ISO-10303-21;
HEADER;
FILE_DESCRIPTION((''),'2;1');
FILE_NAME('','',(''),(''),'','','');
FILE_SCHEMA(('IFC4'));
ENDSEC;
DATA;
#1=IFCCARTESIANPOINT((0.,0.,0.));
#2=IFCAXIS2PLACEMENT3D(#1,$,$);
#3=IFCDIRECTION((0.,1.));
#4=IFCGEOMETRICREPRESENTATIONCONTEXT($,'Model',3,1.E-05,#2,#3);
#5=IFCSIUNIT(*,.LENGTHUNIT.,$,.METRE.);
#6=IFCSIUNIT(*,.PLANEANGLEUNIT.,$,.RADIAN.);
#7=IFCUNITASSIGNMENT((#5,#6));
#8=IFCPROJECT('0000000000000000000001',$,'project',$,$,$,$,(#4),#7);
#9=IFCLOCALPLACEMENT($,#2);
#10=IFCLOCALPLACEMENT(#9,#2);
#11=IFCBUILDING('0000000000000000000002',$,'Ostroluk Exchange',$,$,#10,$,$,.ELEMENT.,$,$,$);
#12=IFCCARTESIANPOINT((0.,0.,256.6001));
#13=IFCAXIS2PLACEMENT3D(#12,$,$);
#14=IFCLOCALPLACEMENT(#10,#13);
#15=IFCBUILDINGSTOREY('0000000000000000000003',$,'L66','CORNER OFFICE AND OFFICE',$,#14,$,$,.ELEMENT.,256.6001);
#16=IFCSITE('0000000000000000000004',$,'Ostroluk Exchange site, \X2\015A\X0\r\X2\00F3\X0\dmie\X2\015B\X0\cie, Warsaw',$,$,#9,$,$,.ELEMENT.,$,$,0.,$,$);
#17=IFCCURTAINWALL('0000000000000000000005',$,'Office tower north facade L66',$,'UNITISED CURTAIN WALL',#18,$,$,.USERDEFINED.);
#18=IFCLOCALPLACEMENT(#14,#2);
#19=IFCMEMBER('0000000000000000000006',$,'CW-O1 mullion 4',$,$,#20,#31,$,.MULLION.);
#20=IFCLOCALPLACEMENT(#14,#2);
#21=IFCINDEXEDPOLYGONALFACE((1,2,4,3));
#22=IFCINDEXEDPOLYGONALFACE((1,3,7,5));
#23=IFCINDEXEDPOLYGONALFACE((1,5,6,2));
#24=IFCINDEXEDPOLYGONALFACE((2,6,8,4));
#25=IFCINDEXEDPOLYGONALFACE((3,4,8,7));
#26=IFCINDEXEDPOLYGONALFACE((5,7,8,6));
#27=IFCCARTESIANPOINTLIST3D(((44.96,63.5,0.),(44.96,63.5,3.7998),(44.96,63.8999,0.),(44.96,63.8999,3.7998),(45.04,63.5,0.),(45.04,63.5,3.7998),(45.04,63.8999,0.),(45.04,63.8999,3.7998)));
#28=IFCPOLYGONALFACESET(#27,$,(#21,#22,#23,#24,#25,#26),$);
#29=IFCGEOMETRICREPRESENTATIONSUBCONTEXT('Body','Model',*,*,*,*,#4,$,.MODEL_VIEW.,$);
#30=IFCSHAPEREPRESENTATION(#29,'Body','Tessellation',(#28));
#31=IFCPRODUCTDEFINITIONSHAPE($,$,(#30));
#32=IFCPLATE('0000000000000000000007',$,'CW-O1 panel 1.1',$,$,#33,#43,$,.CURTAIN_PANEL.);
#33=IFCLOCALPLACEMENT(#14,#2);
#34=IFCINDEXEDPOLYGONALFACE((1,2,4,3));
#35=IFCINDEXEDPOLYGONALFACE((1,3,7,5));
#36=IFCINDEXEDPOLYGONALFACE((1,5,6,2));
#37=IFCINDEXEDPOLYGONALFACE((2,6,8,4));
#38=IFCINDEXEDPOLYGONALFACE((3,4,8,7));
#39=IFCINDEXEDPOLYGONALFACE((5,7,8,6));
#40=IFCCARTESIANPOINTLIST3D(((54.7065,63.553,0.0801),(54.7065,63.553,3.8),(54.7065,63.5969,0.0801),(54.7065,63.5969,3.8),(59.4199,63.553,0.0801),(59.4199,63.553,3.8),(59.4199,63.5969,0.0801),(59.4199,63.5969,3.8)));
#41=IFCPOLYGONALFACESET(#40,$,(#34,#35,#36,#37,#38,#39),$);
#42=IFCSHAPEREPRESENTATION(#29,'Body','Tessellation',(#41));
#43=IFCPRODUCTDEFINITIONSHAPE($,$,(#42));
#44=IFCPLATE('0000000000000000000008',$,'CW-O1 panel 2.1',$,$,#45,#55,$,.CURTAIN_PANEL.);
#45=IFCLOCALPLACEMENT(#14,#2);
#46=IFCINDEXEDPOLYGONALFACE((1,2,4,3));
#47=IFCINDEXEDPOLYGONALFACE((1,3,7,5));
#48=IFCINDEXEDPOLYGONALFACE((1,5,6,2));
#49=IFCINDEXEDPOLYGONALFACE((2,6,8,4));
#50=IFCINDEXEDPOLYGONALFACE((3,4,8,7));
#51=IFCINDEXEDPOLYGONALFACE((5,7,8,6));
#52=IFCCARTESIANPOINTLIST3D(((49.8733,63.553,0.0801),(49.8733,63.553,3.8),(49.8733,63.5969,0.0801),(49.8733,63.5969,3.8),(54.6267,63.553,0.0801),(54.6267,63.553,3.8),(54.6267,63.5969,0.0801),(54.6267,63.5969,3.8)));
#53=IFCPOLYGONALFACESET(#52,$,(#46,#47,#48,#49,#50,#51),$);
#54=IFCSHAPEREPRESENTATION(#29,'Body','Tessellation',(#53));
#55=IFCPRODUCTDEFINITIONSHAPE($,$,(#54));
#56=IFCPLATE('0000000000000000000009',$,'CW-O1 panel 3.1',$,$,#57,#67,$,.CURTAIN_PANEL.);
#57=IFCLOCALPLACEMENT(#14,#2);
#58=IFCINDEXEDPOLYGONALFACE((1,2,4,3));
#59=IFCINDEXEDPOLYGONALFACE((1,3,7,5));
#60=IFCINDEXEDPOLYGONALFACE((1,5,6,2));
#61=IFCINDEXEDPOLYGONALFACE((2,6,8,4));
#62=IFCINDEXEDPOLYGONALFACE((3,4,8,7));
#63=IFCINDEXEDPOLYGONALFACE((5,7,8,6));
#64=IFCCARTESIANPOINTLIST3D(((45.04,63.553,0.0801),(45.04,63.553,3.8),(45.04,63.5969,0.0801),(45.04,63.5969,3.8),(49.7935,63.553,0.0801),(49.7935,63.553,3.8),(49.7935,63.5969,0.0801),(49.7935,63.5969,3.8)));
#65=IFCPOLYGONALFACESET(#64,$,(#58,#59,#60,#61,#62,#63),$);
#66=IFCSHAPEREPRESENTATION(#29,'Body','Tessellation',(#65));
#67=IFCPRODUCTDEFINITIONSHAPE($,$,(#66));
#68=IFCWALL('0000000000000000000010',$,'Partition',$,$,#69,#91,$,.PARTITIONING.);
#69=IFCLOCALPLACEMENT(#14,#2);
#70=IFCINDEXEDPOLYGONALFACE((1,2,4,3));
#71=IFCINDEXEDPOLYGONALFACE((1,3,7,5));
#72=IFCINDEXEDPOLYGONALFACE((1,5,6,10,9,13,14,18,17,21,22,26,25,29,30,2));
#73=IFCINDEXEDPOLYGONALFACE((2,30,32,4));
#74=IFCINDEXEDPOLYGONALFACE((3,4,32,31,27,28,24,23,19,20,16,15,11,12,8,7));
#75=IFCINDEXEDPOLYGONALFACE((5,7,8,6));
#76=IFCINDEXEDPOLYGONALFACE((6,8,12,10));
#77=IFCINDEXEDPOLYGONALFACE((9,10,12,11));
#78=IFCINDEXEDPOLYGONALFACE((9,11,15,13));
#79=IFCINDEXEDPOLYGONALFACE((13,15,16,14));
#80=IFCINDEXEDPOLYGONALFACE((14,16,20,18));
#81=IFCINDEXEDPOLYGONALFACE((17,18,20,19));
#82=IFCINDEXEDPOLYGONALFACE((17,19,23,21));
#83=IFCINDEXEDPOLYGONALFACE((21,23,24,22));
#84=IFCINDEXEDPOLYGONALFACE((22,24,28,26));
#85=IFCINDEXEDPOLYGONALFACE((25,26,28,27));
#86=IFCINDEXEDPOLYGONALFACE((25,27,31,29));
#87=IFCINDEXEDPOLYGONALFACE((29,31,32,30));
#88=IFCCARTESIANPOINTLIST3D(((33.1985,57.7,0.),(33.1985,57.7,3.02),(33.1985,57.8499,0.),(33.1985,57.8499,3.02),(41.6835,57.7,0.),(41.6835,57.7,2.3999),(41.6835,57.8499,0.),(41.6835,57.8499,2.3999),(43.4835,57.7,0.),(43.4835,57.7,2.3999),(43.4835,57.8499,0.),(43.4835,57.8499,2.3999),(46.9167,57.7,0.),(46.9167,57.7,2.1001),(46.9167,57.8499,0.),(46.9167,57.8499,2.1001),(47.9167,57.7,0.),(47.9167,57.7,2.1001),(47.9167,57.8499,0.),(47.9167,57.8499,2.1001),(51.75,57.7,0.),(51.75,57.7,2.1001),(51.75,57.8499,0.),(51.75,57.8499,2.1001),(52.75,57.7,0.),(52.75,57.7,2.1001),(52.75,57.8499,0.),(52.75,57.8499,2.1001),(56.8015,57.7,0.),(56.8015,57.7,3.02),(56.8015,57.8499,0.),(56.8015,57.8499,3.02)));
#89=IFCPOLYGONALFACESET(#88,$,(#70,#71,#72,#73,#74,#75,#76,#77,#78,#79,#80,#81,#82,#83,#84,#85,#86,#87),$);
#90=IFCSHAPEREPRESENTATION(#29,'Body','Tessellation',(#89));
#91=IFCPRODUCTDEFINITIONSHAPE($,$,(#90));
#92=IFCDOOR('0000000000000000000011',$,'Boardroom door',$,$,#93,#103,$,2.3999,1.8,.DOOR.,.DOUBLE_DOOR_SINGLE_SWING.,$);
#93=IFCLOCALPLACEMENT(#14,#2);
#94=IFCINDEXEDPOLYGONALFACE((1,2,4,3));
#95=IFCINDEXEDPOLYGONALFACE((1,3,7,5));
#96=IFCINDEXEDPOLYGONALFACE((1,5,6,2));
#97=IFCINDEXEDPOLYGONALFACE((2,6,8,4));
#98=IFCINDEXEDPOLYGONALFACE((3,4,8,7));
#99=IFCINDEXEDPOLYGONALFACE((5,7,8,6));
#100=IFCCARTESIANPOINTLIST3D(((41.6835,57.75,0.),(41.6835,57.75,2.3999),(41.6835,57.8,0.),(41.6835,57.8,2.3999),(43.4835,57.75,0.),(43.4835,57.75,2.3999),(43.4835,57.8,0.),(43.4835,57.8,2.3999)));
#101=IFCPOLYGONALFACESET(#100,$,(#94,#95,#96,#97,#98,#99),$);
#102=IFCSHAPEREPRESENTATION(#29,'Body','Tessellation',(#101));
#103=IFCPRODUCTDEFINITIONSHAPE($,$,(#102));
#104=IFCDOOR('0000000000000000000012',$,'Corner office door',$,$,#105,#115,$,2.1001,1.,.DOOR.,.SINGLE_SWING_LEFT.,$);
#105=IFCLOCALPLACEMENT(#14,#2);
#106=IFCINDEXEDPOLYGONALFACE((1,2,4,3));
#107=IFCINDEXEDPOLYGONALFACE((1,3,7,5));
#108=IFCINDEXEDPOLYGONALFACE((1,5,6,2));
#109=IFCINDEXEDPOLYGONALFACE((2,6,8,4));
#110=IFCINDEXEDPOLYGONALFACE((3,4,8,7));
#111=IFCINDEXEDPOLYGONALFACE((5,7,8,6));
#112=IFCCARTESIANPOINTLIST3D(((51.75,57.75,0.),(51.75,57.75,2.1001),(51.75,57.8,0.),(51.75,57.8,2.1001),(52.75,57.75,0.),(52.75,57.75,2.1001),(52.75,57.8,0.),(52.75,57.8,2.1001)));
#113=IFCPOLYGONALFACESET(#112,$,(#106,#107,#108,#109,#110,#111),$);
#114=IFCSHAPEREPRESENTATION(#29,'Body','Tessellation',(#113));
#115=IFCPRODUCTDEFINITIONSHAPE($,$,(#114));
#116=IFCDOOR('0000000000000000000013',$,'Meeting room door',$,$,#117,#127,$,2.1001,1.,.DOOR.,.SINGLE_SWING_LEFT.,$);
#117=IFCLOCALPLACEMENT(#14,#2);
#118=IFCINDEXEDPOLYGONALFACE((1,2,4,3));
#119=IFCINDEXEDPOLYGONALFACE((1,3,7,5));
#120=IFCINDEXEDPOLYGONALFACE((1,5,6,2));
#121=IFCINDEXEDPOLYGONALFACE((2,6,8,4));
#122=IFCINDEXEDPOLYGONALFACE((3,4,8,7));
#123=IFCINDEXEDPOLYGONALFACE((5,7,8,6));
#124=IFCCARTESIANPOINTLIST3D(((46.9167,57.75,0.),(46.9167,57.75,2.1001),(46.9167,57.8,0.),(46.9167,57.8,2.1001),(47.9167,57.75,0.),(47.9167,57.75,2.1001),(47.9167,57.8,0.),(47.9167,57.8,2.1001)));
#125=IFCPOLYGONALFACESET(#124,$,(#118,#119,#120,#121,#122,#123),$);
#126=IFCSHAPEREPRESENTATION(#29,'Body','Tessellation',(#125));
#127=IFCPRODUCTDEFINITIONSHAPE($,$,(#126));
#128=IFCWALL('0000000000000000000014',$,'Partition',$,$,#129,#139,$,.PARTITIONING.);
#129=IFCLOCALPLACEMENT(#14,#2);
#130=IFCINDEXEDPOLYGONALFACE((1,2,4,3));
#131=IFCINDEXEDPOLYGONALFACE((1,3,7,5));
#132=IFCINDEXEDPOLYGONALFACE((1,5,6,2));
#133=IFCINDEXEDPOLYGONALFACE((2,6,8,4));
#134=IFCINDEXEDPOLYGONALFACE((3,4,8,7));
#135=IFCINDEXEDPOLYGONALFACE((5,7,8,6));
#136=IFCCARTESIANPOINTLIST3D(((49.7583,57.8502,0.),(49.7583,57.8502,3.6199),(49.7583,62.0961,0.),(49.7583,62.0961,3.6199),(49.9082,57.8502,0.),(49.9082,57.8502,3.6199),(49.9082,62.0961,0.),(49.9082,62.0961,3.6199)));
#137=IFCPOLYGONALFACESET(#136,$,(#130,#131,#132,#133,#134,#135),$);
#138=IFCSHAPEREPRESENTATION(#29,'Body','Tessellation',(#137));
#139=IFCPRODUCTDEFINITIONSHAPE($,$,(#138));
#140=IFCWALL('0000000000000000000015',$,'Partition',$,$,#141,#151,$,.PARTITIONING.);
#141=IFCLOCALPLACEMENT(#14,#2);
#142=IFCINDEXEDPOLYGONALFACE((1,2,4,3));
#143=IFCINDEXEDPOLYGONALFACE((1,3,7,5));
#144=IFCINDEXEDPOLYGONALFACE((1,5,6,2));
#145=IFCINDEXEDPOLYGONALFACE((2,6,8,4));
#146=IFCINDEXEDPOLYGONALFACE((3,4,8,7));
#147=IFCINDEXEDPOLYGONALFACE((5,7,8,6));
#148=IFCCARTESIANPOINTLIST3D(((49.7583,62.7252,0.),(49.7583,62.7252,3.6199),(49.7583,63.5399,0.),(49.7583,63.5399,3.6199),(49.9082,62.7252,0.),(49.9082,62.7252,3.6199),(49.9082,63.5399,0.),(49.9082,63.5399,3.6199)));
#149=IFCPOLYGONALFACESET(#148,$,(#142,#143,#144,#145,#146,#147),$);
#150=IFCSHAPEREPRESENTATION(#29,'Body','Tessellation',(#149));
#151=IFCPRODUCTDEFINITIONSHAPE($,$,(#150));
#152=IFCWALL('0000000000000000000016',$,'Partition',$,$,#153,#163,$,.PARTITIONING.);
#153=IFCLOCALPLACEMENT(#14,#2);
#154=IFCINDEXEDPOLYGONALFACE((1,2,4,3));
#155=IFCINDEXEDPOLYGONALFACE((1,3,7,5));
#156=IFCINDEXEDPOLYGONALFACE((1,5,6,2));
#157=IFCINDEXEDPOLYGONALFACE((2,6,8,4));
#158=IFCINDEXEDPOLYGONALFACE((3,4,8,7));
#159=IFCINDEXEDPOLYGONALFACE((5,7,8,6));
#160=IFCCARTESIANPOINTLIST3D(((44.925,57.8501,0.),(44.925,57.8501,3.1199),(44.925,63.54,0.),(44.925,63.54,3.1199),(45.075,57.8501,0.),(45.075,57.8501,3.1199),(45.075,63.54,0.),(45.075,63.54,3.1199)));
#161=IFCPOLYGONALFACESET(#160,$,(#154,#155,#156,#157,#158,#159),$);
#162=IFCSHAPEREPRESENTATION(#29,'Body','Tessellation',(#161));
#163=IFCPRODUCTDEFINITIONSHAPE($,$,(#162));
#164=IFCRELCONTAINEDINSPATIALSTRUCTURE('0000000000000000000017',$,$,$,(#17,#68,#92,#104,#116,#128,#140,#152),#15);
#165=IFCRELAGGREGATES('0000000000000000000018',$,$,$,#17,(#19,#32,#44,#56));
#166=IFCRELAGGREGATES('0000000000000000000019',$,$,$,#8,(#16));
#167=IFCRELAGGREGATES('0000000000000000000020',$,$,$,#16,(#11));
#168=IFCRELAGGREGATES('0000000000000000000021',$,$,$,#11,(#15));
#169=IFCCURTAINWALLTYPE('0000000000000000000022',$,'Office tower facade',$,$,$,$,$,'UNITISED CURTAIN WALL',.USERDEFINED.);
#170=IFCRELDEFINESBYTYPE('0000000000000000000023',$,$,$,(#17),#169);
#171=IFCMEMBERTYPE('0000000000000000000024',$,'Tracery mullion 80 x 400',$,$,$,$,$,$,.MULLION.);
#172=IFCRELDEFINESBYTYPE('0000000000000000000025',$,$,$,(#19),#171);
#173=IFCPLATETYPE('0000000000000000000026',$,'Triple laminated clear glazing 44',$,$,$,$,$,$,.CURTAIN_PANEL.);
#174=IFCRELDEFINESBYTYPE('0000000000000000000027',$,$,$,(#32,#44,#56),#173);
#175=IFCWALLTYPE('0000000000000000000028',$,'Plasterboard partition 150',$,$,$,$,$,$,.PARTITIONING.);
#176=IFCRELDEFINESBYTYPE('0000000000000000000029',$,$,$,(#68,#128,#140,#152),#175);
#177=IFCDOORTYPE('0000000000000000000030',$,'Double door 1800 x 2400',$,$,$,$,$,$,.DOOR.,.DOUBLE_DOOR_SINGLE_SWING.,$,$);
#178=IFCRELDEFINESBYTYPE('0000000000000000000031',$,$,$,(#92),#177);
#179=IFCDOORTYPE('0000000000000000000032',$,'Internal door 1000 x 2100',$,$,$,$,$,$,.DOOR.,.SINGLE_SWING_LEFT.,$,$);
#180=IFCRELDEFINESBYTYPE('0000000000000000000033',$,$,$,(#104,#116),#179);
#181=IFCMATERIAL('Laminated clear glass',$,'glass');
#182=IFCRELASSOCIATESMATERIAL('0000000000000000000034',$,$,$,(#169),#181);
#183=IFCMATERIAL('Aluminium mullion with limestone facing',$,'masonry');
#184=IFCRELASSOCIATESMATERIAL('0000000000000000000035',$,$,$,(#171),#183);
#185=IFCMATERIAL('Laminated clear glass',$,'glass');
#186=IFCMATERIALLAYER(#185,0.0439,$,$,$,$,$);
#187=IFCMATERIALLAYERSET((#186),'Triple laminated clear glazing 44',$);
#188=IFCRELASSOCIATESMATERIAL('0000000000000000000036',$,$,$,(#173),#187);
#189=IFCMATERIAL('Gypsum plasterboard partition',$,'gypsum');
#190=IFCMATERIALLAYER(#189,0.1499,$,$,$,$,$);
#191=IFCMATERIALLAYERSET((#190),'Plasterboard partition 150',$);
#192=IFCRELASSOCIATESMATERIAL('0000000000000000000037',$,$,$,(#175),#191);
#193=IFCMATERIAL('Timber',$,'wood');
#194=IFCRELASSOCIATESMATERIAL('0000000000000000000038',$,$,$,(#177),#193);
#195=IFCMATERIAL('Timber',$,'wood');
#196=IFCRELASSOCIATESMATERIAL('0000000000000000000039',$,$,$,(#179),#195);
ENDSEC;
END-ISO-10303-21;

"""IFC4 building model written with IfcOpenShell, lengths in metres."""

from ifc_helpers import new_model, si_unit, direction, frame, frame_2d, origin, origin_2d, place, context, subcontext, project, spatial, rectangle, extrude, material, layer, layer_set, material_profile, profile_set, type_object, element, fill, aggregate, save


model = new_model("IFC4")

# Units and contexts
model_context = context("Model", 3, precision=1e-05, world=origin(), true_north=direction((0.0, 1.0)))
body_context = subcontext(model_context, "Body", "Model", "MODEL_VIEW")
ifc_project = project(units=[si_unit("LENGTHUNIT", "METRE"), si_unit("PLANEANGLEUNIT", "RADIAN")], contexts=[model_context])

# Site, building, storey
site_placement = place(None, origin())
site = spatial("IfcSite", under=ifc_project, at=site_placement, Name="Ostroluk Exchange site, Śródmieście, Warsaw", CompositionType="ELEMENT", RefElevation=0.0)
building_placement = place(site_placement, origin())
building = spatial("IfcBuilding", under=site, at=building_placement, Name="Ostroluk Exchange", CompositionType="ELEMENT")
storey_placement = place(building_placement, frame((0.0, 0.0, 256.6001)))
storey = spatial("IfcBuildingStorey", under=building, at=storey_placement, Name="L66", Description="CORNER OFFICE AND OFFICE", CompositionType="ELEMENT", Elevation=256.6001)

# Curtain wall, member, plates
ifc_material_1 = material(Name="Laminated clear glass", Category="glass")
curtain_wall_type = type_object("IfcCurtainWallType", Name="Office tower facade", ElementType="UNITISED CURTAIN WALL", PredefinedType="USERDEFINED", material=ifc_material_1)
curtain_wall_placement = place(storey_placement, origin())
curtain_wall = element("IfcCurtainWall", 1, at=curtain_wall_placement, inside=storey, type_object=curtain_wall_type, Name="Office tower north facade L66", ObjectType="UNITISED CURTAIN WALL", PredefinedType="USERDEFINED")
ifc_material_2 = material(Name="Aluminium mullion with limestone facing", Category="masonry")
ifc_material_profile_1 = material_profile(ifc_material_2, rectangle(XDim=0.3999, YDim=0.0801, at=origin_2d()), Name="Tracery mullion 80 x 400")
ifc_profile_set_1 = profile_set([ifc_material_profile_1], Name="Aluminium mullion with limestone facing")
member_type_1 = type_object("IfcMemberType", Name="Tracery mullion 80 x 400", PredefinedType="MULLION", material=ifc_profile_set_1)
member_1_placement = place(storey_placement, frame((45.0, 63.7, 0.0), z_axis=(0.0, 0.0, 1.0), x_axis=(0.0, -1.0, 0.0)))
member_1 = element("IfcMember", 2, at=member_1_placement, type_object=member_type_1, Name="CW-O1 mullion 4", PredefinedType="MULLION", context=body_context, shape_type="SweptSolid", body=[
    extrude(rectangle(XDim=0.3999, YDim=0.0801, at=origin_2d()), origin(), (0.0, 0.0, 1.0), 3.7998),
])
ifc_material_3 = material(Name="Laminated clear glass", Category="glass")
ifc_layer_1 = layer(ifc_material_3, 0.0439)
ifc_layer_set_1 = layer_set([ifc_layer_1], Name="Triple laminated clear glazing 44")
plate_type = type_object("IfcPlateType", Name="Triple laminated clear glazing 44", PredefinedType="CURTAIN_PANEL", material=ifc_layer_set_1)
plate_1_placement = place(storey_placement, frame((57.0632, 63.575, 0.0801), z_axis=(0.0, 0.0, 1.0), x_axis=(-1.0, 0.0, 0.0)))
plate_1 = element("IfcPlate", 3, at=plate_1_placement, type_object=plate_type, Name="CW-O1 panel 1.1", PredefinedType="CURTAIN_PANEL", context=body_context, shape_type="SweptSolid", body=[
    extrude(rectangle(XDim=4.7134, YDim=0.0439, at=origin_2d()), origin(), (0.0, 0.0, 1.0), 3.72),
])
plate_2_placement = place(storey_placement, frame((52.25, 63.575, 0.0801), z_axis=(0.0, 0.0, 1.0), x_axis=(-1.0, 0.0, 0.0)))
plate_2 = element("IfcPlate", 4, at=plate_2_placement, type_object=plate_type, Name="CW-O1 panel 2.1", PredefinedType="CURTAIN_PANEL", context=body_context, shape_type="SweptSolid", body=[
    extrude(rectangle(XDim=4.7534, YDim=0.0439, at=origin_2d()), origin(), (0.0, 0.0, 1.0), 3.72),
])
plate_3_placement = place(storey_placement, frame((47.4167, 63.575, 0.0801), z_axis=(0.0, 0.0, 1.0), x_axis=(-1.0, 0.0, 0.0)))
plate_3 = element("IfcPlate", 5, at=plate_3_placement, type_object=plate_type, Name="CW-O1 panel 3.1", PredefinedType="CURTAIN_PANEL", context=body_context, shape_type="SweptSolid", body=[
    extrude(rectangle(XDim=4.7534, YDim=0.0439, at=origin_2d()), origin(), (0.0, 0.0, 1.0), 3.72),
])
aggregate(curtain_wall, [member_1, plate_1, plate_2, plate_3])

# Wall, openings, doors
ifc_material_4 = material(Name="Gypsum plasterboard partition", Category="gypsum")
ifc_layer_2 = layer(ifc_material_4, 0.1499)
ifc_layer_set_2 = layer_set([ifc_layer_2], Name="Plasterboard partition 150")
wall_type = type_object("IfcWallType", Name="Plasterboard partition 150", PredefinedType="PARTITIONING", material=ifc_layer_set_2)
wall_1_placement = place(storey_placement, frame((56.8015, 57.7749, 0.0), z_axis=(0.0, 0.0, 1.0), x_axis=(-1.0, 0.0, 0.0)))
wall_1 = element("IfcWall", 6, at=wall_1_placement, inside=storey, type_object=wall_type, Name="Partition", PredefinedType="PARTITIONING", context=body_context, shape_type="SweptSolid", body=[
    extrude(rectangle(XDim=23.603, YDim=0.1499, at=frame_2d((11.8015, 0.0))), origin(), (0.0, 0.0, 1.0), 3.02),
])
opening_1_placement = place(wall_1_placement, frame((4.0515, 0.0, 0.0)))
opening_1 = element("IfcOpeningElement", 7, at=opening_1_placement, cuts=wall_1, PredefinedType="OPENING", context=body_context, shape_type="SweptSolid", body=[
    extrude(rectangle(XDim=1.0, YDim=2.1001, at=frame_2d((0.5, 1.05))), frame((0.0, 0.085, 0.0), z_axis=(0.0, -1.0, 0.0), x_axis=(1.0, 0.0, 0.0)), (0.0, 0.0, 1.0), 0.1699),
])
opening_2_placement = place(wall_1_placement, frame((8.8848, 0.0, 0.0)))
opening_2 = element("IfcOpeningElement", 8, at=opening_2_placement, cuts=wall_1, PredefinedType="OPENING", context=body_context, shape_type="SweptSolid", body=[
    extrude(rectangle(XDim=1.0, YDim=2.1001, at=frame_2d((0.5, 1.05))), frame((0.0, 0.085, 0.0), z_axis=(0.0, -1.0, 0.0), x_axis=(1.0, 0.0, 0.0)), (0.0, 0.0, 1.0), 0.1699),
])
opening_3_placement = place(wall_1_placement, frame((13.3181, 0.0, 0.0)))
opening_3 = element("IfcOpeningElement", 9, at=opening_3_placement, cuts=wall_1, PredefinedType="OPENING", context=body_context, shape_type="SweptSolid", body=[
    extrude(rectangle(XDim=1.8, YDim=2.3999, at=frame_2d((0.8999, 1.2))), frame((0.0, 0.085, 0.0), z_axis=(0.0, -1.0, 0.0), x_axis=(1.0, 0.0, 0.0)), (0.0, 0.0, 1.0), 0.1699),
])
ifc_material_5 = material(Name="Timber", Category="wood")
door_type_1 = type_object("IfcDoorType", Name="Double door 1800 x 2400", OperationType="DOUBLE_DOOR_SINGLE_SWING", PredefinedType="DOOR", material=ifc_material_5)
door_1_placement = place(opening_3_placement, origin())
door_1 = element("IfcDoor", 10, at=door_1_placement, inside=storey, type_object=door_type_1, Name="Boardroom door", OperationType="DOUBLE_DOOR_SINGLE_SWING", OverallHeight=2.3999, OverallWidth=1.8, PredefinedType="DOOR", context=body_context, shape_type="SweptSolid", body=[
    extrude(rectangle(XDim=1.8, YDim=2.3999, at=frame_2d((0.8999, 1.2))), frame((0.0, 0.0249, 0.0), z_axis=(0.0, -1.0, 0.0), x_axis=(1.0, 0.0, 0.0)), (0.0, 0.0, 1.0), 0.05),
])
fill(opening_3, door_1)
ifc_material_6 = material(Name="Timber", Category="wood")
door_type_2 = type_object("IfcDoorType", Name="Internal door 1000 x 2100", OperationType="SINGLE_SWING_LEFT", PredefinedType="DOOR", material=ifc_material_6)
door_2_placement = place(opening_1_placement, origin())
door_2 = element("IfcDoor", 11, at=door_2_placement, inside=storey, type_object=door_type_2, Name="Corner office door", OperationType="SINGLE_SWING_LEFT", OverallHeight=2.1001, OverallWidth=1.0, PredefinedType="DOOR", context=body_context, shape_type="SweptSolid", body=[
    extrude(rectangle(XDim=1.0, YDim=2.1001, at=frame_2d((0.5, 1.05))), frame((0.0, 0.0249, 0.0), z_axis=(0.0, -1.0, 0.0), x_axis=(1.0, 0.0, 0.0)), (0.0, 0.0, 1.0), 0.05),
])
fill(opening_1, door_2)
door_3_placement = place(opening_2_placement, origin())
door_3 = element("IfcDoor", 12, at=door_3_placement, inside=storey, type_object=door_type_2, Name="Meeting room door", OperationType="SINGLE_SWING_LEFT", OverallHeight=2.1001, OverallWidth=1.0, PredefinedType="DOOR", context=body_context, shape_type="SweptSolid", body=[
    extrude(rectangle(XDim=1.0, YDim=2.1001, at=frame_2d((0.5, 1.05))), frame((0.0, 0.0249, 0.0), z_axis=(0.0, -1.0, 0.0), x_axis=(1.0, 0.0, 0.0)), (0.0, 0.0, 1.0), 0.05),
])
fill(opening_2, door_3)

# Walls
wall_2_placement = place(storey_placement, frame((49.8333, 57.8501, 0.0), z_axis=(0.0, 0.0, 1.0), x_axis=(0.0, 1.0, 0.0)))
element("IfcWall", 13, at=wall_2_placement, inside=storey, type_object=wall_type, Name="Partition", PredefinedType="PARTITIONING", context=body_context, shape_type="SweptSolid", body=[
    extrude(rectangle(XDim=4.2458, YDim=0.1499, at=frame_2d((2.123, 0.0))), origin(), (0.0, 0.0, 1.0), 3.6199),
])
wall_3_placement = place(storey_placement, frame((49.8333, 62.7253, 0.0), z_axis=(0.0, 0.0, 1.0), x_axis=(0.0, 1.0, 0.0)))
element("IfcWall", 14, at=wall_3_placement, inside=storey, type_object=wall_type, Name="Partition", PredefinedType="PARTITIONING", context=body_context, shape_type="SweptSolid", body=[
    extrude(rectangle(XDim=0.8147, YDim=0.1499, at=frame_2d((0.4072, 0.0))), origin(), (0.0, 0.0, 1.0), 3.6199),
])
wall_4_placement = place(storey_placement, frame((45.0, 57.8501, 0.0), z_axis=(0.0, 0.0, 1.0), x_axis=(0.0, 1.0, 0.0)))
element("IfcWall", 15, at=wall_4_placement, inside=storey, type_object=wall_type, Name="Partition", PredefinedType="PARTITIONING", context=body_context, shape_type="SweptSolid", body=[
    extrude(rectangle(XDim=5.6899, YDim=0.1499, at=frame_2d((2.845, 0.0))), origin(), (0.0, 0.0, 1.0), 3.1199),
])

save(model, "model.ifc")
